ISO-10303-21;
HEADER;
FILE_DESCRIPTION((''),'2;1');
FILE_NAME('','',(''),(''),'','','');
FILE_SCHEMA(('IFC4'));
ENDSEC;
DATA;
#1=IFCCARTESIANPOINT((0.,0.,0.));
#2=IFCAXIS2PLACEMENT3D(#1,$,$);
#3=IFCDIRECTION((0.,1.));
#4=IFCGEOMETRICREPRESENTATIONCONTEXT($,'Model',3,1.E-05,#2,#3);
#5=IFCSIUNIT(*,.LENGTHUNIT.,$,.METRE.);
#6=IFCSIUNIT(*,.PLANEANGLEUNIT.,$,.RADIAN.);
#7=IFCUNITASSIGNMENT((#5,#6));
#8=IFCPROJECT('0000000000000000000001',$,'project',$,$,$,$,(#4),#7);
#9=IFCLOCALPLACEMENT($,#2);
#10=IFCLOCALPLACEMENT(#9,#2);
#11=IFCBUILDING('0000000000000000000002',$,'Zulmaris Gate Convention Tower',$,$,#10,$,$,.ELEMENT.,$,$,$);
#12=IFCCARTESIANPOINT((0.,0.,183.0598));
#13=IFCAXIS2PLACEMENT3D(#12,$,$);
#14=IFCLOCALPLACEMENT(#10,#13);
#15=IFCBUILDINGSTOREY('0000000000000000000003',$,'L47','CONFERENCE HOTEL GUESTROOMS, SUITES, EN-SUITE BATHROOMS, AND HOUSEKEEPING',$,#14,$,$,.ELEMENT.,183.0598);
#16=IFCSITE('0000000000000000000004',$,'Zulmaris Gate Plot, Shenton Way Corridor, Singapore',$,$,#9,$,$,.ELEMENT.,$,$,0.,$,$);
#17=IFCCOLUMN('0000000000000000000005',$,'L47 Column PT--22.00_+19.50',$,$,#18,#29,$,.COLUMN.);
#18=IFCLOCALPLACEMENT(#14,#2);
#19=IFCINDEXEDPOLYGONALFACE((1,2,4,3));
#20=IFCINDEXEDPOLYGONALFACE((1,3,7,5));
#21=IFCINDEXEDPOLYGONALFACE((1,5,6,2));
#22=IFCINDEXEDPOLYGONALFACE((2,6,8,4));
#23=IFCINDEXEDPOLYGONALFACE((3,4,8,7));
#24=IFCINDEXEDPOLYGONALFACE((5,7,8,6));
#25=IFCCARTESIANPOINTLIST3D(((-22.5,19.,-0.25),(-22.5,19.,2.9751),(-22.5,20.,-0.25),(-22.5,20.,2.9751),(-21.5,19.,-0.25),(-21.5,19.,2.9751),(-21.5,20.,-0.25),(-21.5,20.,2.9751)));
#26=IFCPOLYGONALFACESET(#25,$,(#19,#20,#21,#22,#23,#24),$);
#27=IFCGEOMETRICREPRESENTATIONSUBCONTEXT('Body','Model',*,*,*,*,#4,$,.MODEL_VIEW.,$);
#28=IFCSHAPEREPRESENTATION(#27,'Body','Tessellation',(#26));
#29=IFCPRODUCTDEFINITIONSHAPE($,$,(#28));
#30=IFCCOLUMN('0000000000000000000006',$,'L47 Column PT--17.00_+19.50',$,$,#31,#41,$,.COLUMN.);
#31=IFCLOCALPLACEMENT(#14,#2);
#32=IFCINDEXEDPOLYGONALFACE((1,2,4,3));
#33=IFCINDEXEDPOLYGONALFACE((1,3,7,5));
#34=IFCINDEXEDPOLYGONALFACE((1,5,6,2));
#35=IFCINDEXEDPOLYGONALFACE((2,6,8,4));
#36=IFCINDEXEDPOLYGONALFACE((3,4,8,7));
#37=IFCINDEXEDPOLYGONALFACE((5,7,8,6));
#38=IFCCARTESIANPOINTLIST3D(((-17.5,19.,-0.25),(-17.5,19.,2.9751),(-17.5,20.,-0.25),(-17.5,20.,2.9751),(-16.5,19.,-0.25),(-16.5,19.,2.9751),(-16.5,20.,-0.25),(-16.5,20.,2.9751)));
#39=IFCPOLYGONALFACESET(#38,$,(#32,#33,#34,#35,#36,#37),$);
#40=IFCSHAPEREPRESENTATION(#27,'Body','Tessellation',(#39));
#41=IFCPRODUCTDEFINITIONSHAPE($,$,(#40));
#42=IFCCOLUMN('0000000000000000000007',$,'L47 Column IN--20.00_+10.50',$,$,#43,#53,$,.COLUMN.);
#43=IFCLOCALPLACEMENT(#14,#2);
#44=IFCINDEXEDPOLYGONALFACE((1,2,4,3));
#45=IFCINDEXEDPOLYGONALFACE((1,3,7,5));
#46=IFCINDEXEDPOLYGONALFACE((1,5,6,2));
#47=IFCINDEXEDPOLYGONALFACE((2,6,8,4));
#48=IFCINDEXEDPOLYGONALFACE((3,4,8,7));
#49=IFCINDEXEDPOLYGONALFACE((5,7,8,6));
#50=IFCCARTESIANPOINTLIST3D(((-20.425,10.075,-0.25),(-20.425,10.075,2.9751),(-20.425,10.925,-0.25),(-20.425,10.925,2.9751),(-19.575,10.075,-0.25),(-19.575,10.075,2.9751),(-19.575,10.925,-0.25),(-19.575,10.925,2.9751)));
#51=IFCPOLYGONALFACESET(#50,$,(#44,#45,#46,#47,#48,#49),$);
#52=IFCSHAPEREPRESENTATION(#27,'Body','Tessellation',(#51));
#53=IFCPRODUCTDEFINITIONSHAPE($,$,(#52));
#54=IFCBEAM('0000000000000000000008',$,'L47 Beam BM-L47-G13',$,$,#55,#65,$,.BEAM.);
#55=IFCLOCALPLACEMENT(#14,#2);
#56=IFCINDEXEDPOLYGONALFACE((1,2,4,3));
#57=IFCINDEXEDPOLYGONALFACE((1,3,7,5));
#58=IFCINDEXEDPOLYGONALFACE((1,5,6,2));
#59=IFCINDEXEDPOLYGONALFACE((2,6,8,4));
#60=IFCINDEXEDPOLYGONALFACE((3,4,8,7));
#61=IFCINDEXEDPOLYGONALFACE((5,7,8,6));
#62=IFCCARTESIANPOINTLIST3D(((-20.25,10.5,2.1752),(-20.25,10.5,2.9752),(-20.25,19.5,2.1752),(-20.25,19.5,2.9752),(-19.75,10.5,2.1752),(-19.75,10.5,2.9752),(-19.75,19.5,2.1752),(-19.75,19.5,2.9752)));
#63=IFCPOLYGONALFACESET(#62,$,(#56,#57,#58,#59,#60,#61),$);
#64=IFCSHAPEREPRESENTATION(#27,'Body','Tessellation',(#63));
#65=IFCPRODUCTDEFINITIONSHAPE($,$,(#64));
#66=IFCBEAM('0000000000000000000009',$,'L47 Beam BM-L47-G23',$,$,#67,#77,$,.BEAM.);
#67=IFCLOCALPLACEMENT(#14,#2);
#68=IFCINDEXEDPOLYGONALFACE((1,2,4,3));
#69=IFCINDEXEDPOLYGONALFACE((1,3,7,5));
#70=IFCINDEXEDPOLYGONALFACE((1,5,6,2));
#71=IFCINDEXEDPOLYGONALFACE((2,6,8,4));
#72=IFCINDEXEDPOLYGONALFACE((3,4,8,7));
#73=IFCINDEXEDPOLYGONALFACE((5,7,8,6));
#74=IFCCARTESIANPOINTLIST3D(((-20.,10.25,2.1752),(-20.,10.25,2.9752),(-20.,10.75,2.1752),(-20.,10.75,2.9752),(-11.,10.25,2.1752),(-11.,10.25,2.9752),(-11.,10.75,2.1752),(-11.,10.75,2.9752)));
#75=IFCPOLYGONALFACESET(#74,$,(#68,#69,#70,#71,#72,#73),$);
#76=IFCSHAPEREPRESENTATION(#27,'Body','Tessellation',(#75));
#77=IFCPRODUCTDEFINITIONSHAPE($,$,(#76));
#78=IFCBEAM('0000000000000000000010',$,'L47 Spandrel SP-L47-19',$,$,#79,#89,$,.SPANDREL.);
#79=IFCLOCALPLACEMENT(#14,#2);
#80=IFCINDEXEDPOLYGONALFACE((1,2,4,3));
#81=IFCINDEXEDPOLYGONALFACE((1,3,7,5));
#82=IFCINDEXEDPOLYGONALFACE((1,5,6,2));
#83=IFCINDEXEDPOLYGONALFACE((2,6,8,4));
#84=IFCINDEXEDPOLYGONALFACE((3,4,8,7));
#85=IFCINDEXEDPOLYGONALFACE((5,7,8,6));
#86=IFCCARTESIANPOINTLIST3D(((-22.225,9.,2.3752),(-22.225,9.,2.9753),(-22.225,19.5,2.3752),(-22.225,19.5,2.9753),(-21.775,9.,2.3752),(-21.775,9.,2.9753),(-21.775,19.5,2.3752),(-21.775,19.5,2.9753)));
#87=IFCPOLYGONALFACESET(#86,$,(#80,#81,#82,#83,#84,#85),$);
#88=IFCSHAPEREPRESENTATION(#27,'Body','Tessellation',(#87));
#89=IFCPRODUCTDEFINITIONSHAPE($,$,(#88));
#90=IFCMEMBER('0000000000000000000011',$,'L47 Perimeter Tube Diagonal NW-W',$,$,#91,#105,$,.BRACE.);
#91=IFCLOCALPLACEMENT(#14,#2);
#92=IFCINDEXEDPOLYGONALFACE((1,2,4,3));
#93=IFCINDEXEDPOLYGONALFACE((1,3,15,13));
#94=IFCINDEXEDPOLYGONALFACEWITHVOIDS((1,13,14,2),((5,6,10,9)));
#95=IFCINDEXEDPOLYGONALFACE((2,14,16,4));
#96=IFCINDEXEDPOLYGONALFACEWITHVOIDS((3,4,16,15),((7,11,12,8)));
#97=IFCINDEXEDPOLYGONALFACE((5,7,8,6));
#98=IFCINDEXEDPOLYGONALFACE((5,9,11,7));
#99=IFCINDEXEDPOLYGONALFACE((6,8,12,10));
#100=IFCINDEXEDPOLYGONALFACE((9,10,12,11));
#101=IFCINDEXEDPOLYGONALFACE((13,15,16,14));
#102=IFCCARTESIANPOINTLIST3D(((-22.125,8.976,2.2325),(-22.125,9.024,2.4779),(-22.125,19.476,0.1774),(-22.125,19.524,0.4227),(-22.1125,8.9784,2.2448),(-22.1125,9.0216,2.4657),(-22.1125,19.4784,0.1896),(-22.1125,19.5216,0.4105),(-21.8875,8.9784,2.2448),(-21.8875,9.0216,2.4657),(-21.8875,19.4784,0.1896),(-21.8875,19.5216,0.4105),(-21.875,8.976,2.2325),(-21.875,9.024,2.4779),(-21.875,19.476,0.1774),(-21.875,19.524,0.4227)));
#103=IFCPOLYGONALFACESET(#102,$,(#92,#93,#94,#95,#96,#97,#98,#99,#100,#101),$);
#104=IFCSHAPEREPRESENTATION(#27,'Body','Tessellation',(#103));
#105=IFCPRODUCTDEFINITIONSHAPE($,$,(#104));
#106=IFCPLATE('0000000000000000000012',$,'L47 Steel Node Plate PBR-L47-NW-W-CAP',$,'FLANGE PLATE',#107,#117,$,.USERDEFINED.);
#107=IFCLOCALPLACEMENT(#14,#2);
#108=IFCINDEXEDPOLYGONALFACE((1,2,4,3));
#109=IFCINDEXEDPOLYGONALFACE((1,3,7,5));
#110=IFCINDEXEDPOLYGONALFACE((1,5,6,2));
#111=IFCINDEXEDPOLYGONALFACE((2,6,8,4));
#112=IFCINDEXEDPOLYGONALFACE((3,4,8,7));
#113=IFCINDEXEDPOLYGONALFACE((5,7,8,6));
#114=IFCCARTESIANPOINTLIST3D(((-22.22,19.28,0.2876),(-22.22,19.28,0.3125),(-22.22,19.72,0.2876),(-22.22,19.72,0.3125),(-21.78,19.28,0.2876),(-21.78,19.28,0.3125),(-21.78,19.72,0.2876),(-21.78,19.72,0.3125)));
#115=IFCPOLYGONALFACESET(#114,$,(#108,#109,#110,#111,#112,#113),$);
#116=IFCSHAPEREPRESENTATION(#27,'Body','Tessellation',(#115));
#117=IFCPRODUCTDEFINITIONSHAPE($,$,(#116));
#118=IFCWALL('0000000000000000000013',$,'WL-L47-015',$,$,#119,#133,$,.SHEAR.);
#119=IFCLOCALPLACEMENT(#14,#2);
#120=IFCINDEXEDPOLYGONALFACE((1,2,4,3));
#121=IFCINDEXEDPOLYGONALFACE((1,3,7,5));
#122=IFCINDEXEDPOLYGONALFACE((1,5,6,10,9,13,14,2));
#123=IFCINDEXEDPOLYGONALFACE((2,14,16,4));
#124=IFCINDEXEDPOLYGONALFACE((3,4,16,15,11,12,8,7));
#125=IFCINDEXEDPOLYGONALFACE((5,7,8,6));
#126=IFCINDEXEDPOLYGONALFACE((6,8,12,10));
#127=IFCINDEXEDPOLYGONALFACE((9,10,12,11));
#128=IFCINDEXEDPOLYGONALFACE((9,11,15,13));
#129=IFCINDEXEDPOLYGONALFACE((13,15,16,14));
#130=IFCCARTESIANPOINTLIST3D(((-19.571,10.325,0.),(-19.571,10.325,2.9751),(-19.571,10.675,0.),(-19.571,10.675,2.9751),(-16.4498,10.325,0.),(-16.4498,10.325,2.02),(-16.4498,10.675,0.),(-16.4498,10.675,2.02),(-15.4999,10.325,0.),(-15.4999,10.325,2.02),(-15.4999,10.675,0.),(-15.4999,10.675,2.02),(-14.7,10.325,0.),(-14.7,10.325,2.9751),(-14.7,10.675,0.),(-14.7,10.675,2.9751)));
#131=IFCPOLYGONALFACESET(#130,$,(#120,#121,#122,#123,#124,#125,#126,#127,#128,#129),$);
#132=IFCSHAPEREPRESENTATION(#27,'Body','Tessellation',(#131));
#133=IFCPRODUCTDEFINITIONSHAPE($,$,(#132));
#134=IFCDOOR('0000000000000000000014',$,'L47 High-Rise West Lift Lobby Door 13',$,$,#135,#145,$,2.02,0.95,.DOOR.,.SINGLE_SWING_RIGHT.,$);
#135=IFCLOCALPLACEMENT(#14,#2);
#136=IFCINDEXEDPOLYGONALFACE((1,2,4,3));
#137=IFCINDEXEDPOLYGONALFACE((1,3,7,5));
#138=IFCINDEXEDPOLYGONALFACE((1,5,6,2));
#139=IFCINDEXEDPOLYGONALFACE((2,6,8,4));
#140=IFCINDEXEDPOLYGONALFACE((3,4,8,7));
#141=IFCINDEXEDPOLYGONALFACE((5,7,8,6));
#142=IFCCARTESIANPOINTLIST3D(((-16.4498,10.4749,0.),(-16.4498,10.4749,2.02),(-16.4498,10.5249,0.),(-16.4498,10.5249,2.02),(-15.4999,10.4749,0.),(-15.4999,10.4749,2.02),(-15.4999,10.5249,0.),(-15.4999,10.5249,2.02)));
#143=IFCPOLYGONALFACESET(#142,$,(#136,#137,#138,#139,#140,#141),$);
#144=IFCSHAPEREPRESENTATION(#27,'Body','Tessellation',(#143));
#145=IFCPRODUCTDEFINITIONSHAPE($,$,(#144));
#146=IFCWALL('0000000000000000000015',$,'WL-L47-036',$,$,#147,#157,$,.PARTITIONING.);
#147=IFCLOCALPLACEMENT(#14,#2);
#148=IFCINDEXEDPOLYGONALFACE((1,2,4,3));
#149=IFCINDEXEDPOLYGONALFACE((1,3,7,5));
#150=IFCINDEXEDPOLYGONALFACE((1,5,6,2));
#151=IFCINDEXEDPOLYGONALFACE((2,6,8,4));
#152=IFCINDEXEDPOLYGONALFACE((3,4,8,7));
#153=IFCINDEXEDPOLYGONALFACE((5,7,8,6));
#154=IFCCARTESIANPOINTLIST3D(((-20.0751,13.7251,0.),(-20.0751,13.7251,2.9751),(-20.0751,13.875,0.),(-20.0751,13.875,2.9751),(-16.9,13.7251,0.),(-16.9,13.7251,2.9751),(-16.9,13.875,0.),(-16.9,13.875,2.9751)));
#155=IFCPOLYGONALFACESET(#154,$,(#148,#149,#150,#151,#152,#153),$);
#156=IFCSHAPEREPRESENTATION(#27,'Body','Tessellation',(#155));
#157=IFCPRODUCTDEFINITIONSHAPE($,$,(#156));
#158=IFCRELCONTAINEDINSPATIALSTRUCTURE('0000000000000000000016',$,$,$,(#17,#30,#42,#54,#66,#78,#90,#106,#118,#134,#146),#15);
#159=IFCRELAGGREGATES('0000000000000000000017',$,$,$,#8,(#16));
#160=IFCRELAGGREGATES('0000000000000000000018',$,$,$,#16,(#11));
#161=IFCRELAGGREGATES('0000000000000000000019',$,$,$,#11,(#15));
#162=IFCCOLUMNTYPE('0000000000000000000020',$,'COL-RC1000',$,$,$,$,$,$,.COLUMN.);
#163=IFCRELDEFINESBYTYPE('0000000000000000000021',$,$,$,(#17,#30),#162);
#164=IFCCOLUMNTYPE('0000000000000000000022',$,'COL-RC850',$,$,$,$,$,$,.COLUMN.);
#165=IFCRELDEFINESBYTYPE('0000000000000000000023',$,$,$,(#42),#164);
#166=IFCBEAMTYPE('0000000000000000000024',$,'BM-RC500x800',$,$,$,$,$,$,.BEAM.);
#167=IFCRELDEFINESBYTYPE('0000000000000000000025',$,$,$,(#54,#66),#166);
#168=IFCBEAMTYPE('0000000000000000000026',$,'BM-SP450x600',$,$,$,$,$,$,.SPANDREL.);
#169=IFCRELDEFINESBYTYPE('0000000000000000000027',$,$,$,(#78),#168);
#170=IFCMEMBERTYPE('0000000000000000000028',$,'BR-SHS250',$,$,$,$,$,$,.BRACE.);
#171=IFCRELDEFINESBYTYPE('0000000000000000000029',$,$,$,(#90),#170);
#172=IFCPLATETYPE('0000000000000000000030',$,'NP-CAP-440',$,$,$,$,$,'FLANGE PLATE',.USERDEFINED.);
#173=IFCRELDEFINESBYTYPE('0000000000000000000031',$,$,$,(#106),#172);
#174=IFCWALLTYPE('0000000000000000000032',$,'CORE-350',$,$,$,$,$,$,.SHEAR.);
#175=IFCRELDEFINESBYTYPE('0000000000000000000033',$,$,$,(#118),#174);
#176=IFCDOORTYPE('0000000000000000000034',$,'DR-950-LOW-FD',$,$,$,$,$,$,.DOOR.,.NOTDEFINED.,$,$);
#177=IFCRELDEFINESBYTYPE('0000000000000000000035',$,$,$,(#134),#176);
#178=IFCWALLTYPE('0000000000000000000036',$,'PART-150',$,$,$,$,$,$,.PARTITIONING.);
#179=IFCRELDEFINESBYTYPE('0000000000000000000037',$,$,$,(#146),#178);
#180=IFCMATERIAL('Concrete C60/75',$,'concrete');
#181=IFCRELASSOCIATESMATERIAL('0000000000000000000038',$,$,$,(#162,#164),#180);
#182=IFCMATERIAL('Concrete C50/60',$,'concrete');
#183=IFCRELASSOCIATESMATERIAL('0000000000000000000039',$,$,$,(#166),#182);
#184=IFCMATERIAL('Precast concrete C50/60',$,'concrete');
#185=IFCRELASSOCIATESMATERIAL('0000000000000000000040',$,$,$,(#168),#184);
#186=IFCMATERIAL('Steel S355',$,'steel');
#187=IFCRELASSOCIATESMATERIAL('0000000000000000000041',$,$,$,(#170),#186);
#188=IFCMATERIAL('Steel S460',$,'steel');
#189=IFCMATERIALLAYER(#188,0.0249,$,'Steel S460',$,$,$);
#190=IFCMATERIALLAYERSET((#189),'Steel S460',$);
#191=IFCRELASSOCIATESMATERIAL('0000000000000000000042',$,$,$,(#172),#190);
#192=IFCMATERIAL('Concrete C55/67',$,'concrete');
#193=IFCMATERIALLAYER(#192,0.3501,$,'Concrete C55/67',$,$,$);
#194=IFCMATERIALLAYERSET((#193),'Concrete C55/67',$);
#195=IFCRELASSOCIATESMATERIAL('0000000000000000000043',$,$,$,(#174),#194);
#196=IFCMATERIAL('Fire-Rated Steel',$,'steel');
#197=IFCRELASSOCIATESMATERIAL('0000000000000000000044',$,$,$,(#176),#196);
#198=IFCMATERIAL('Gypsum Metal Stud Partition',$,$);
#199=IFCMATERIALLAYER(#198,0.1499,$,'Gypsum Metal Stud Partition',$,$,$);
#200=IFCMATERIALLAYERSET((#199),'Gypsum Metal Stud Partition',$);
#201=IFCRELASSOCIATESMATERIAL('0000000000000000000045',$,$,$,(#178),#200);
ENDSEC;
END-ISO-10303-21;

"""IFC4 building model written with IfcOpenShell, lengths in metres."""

from ifc_helpers import new_model, si_unit, direction, frame, frame_2d, origin, origin_2d, place, context, subcontext, project, spatial, rectangle, hollow_rectangle, extrude, material, layer, layer_set, material_profile, profile_set, type_object, element, fill, save


model = new_model("IFC4")

# Units and contexts
model_context = context("Model", 3, precision=1e-05, world=origin(), true_north=direction((0.0, 1.0)))
body_context = subcontext(model_context, "Body", "Model", "MODEL_VIEW")
ifc_project = project(units=[si_unit("LENGTHUNIT", "METRE"), si_unit("PLANEANGLEUNIT", "RADIAN")], contexts=[model_context])

# Site, building, storey
site_placement = place(None, origin())
site = spatial("IfcSite", under=ifc_project, at=site_placement, Name="Zulmaris Gate Plot, Shenton Way Corridor, Singapore", CompositionType="ELEMENT", RefElevation=0.0)
building_placement = place(site_placement, origin())
building = spatial("IfcBuilding", under=site, at=building_placement, Name="Zulmaris Gate Convention Tower", CompositionType="ELEMENT")
storey_placement = place(building_placement, frame((0.0, 0.0, 183.0598)))
storey = spatial("IfcBuildingStorey", under=building, at=storey_placement, Name="L47", Description="CONFERENCE HOTEL GUESTROOMS, SUITES, EN-SUITE BATHROOMS, AND HOUSEKEEPING", CompositionType="ELEMENT", Elevation=183.0598)

# Columns
ifc_material_1 = material(Name="Concrete C60/75", Category="concrete")
ifc_material_profile_1 = material_profile(ifc_material_1, rectangle(XDim=1.0, YDim=1.0, at=origin_2d()), Name="RC COL 1000x1000")
ifc_profile_set_1 = profile_set([ifc_material_profile_1], Name="Concrete C60/75")
column_type_1 = type_object("IfcColumnType", Name="COL-RC1000", PredefinedType="COLUMN", material=ifc_profile_set_1)
for number, where, z_axis, x_axis, name in (
    (1, (-22.0, 19.5, -0.25), (0.0, 0.0, 1.0), (1.0, 0.0, 0.0), "L47 Column PT--22.00_+19.50"),
    (2, (-17.0, 19.5, -0.25), (0.0, 0.0, 1.0), (1.0, 0.0, 0.0), "L47 Column PT--17.00_+19.50"),
):
    element("IfcColumn", number, at=place(storey_placement, frame(where, z_axis=z_axis, x_axis=x_axis)), inside=storey, type_object=column_type_1, Name=name, PredefinedType="COLUMN", context=body_context, shape_type="SweptSolid", body=[
        extrude(rectangle(XDim=1.0, YDim=1.0, at=origin_2d()), origin(), (0.0, 0.0, 1.0), 3.2251),
    ])
ifc_material_profile_2 = material_profile(ifc_material_1, rectangle(XDim=0.8501, YDim=0.8501, at=origin_2d()), Name="RC COL 850x850")
ifc_profile_set_2 = profile_set([ifc_material_profile_2], Name="Concrete C60/75")
column_type_2 = type_object("IfcColumnType", Name="COL-RC850", PredefinedType="COLUMN", material=ifc_profile_set_2)
column_placement = place(storey_placement, frame((-20.0, 10.5, -0.25), z_axis=(0.0, 0.0, 1.0), x_axis=(1.0, 0.0, 0.0)))
element("IfcColumn", 3, at=column_placement, inside=storey, type_object=column_type_2, Name="L47 Column IN--20.00_+10.50", PredefinedType="COLUMN", context=body_context, shape_type="SweptSolid", body=[
    extrude(rectangle(XDim=0.8501, YDim=0.8501, at=origin_2d()), origin(), (0.0, 0.0, 1.0), 3.2251),
])

# Beams
ifc_material_2 = material(Name="Concrete C50/60", Category="concrete")
ifc_material_profile_3 = material_profile(ifc_material_2, rectangle(XDim=0.5, YDim=0.8, at=origin_2d()), Name="RC BEAM 500x800")
ifc_profile_set_3 = profile_set([ifc_material_profile_3], Name="Concrete C50/60")
beam_type_1 = type_object("IfcBeamType", Name="BM-RC500x800", PredefinedType="BEAM", material=ifc_profile_set_3)
for number, where, z_axis, x_axis, name in (
    (4, (-20.0, 10.5, 2.5752), (0.0, 1.0, 0.0), (-1.0, 0.0, 0.0), "L47 Beam BM-L47-G13"),
    (5, (-20.0, 10.5, 2.5752), (1.0, 0.0, 0.0), (0.0, 1.0, 0.0), "L47 Beam BM-L47-G23"),
):
    element("IfcBeam", number, at=place(storey_placement, frame(where, z_axis=z_axis, x_axis=x_axis)), inside=storey, type_object=beam_type_1, Name=name, PredefinedType="BEAM", context=body_context, shape_type="SweptSolid", body=[
        extrude(rectangle(XDim=0.5, YDim=0.8, at=origin_2d()), origin(), (0.0, 0.0, 1.0), 9.0),
    ])
ifc_material_3 = material(Name="Precast concrete C50/60", Category="concrete")
ifc_material_profile_4 = material_profile(ifc_material_3, rectangle(XDim=0.45, YDim=0.6001, at=origin_2d()), Name="RC SPANDREL 450x600")
ifc_profile_set_4 = profile_set([ifc_material_profile_4], Name="Precast concrete C50/60")
beam_type_2 = type_object("IfcBeamType", Name="BM-SP450x600", PredefinedType="SPANDREL", material=ifc_profile_set_4)
beam_placement = place(storey_placement, frame((-22.0, 19.5, 2.6753), z_axis=(0.0, -1.0, 0.0), x_axis=(1.0, 0.0, 0.0)))
element("IfcBeam", 6, at=beam_placement, inside=storey, type_object=beam_type_2, Name="L47 Spandrel SP-L47-19", PredefinedType="SPANDREL", context=body_context, shape_type="SweptSolid", body=[
    extrude(rectangle(XDim=0.45, YDim=0.6001, at=origin_2d()), origin(), (0.0, 0.0, 1.0), 10.5),
])

# Member
ifc_material_4 = material(Name="Steel S355", Category="steel")
ifc_material_profile_5 = material_profile(ifc_material_4, hollow_rectangle(XDim=0.25, YDim=0.25, WallThickness=0.0125, at=origin_2d()), Name="SHS 250x250x12.5")
ifc_profile_set_5 = profile_set([ifc_material_profile_5], Name="Steel S355")
member_type = type_object("IfcMemberType", Name="BR-SHS250", PredefinedType="BRACE", material=ifc_profile_set_5)
member_placement = place(storey_placement, frame((-22.0, 19.5, 0.3), z_axis=(0.0, -0.981378, 0.192086), x_axis=(1.0, 0.0, 0.0)))
element("IfcMember", 7, at=member_placement, inside=storey, type_object=member_type, Name="L47 Perimeter Tube Diagonal NW-W", PredefinedType="BRACE", context=body_context, shape_type="SweptSolid", body=[
    extrude(hollow_rectangle(XDim=0.25, YDim=0.25, WallThickness=0.0125, at=origin_2d()), origin(), (0.0, 0.0, 1.0), 10.6992),
])

# Plate
ifc_material_5 = material(Name="Steel S460", Category="steel")
ifc_layer_1 = layer(ifc_material_5, 0.0249, Name="Steel S460")
ifc_layer_set_1 = layer_set([ifc_layer_1], Name="Steel S460")
plate_type = type_object("IfcPlateType", Name="NP-CAP-440", ElementType="FLANGE PLATE", PredefinedType="USERDEFINED", material=ifc_layer_set_1)
plate_placement = place(storey_placement, frame((-22.0, 19.5, 0.2876), z_axis=(0.0, 0.0, 1.0), x_axis=(1.0, 0.0, 0.0)))
element("IfcPlate", 8, at=plate_placement, inside=storey, type_object=plate_type, Name="L47 Steel Node Plate PBR-L47-NW-W-CAP", ObjectType="FLANGE PLATE", PredefinedType="USERDEFINED", context=body_context, shape_type="SweptSolid", body=[
    extrude(rectangle(XDim=0.4399, YDim=0.4399, at=origin_2d()), origin(), (0.0, 0.0, 1.0), 0.0249),
])

# Wall, opening, door
ifc_material_6 = material(Name="Concrete C55/67", Category="concrete")
ifc_layer_2 = layer(ifc_material_6, 0.3501, Name="Concrete C55/67")
ifc_layer_set_2 = layer_set([ifc_layer_2], Name="Concrete C55/67")
wall_type_1 = type_object("IfcWallType", Name="CORE-350", PredefinedType="SHEAR", material=ifc_layer_set_2)
wall_1_placement = place(storey_placement, frame((-19.571, 10.5, 0.0), z_axis=(0.0, 0.0, 1.0), x_axis=(1.0, 0.0, 0.0)))
wall_1 = element("IfcWall", 9, at=wall_1_placement, inside=storey, type_object=wall_type_1, Name="WL-L47-015", PredefinedType="SHEAR", context=body_context, shape_type="SweptSolid", body=[
    extrude(rectangle(XDim=4.8711, YDim=0.3501, at=frame_2d((2.4355, 0.0))), origin(), (0.0, 0.0, 1.0), 2.9751),
])
opening_1_placement = place(wall_1_placement, frame((3.1211, 0.0, 0.0)))
opening_1 = element("IfcOpeningElement", 10, at=opening_1_placement, cuts=wall_1, PredefinedType="OPENING", context=body_context, shape_type="SweptSolid", body=[
    extrude(rectangle(XDim=0.95, YDim=2.02, at=frame_2d((0.4751, 1.01))), frame((0.0, 0.1851, 0.0), z_axis=(0.0, -1.0, 0.0), x_axis=(1.0, 0.0, 0.0)), (0.0, 0.0, 1.0), 0.3701),
])
ifc_material_7 = material(Name="Fire-Rated Steel", Category="steel")
door_type_1 = type_object("IfcDoorType", Name="DR-950-LOW-FD", OperationType="NOTDEFINED", PredefinedType="DOOR", material=ifc_material_7)
door_1_placement = place(opening_1_placement, origin())
door_1 = element("IfcDoor", 11, at=door_1_placement, inside=storey, type_object=door_type_1, Name="L47 High-Rise West Lift Lobby Door 13", OperationType="SINGLE_SWING_RIGHT", OverallHeight=2.02, OverallWidth=0.95, PredefinedType="DOOR", context=body_context, shape_type="SweptSolid", body=[
    extrude(rectangle(XDim=0.95, YDim=2.02, at=frame_2d((0.4751, 1.01))), frame((0.0, 0.0249, 0.0), z_axis=(0.0, -1.0, 0.0), x_axis=(1.0, 0.0, 0.0)), (0.0, 0.0, 1.0), 0.05),
])
fill(opening_1, door_1)

# Wall
ifc_material_8 = material(Name="Gypsum Metal Stud Partition")
ifc_layer_3 = layer(ifc_material_8, 0.1499, Name="Gypsum Metal Stud Partition")
ifc_layer_set_3 = layer_set([ifc_layer_3], Name="Gypsum Metal Stud Partition")
wall_type_2 = type_object("IfcWallType", Name="PART-150", PredefinedType="PARTITIONING", material=ifc_layer_set_3)
wall_2_placement = place(storey_placement, frame((-20.075, 13.8, 0.0), z_axis=(0.0, 0.0, 1.0), x_axis=(1.0, 0.0, 0.0)))
element("IfcWall", 12, at=wall_2_placement, inside=storey, type_object=wall_type_2, Name="WL-L47-036", PredefinedType="PARTITIONING", context=body_context, shape_type="SweptSolid", body=[
    extrude(rectangle(XDim=3.175, YDim=0.1499, at=frame_2d((1.5874, 0.0))), origin(), (0.0, 0.0, 1.0), 2.9751),
])

save(model, "model.ifc")
